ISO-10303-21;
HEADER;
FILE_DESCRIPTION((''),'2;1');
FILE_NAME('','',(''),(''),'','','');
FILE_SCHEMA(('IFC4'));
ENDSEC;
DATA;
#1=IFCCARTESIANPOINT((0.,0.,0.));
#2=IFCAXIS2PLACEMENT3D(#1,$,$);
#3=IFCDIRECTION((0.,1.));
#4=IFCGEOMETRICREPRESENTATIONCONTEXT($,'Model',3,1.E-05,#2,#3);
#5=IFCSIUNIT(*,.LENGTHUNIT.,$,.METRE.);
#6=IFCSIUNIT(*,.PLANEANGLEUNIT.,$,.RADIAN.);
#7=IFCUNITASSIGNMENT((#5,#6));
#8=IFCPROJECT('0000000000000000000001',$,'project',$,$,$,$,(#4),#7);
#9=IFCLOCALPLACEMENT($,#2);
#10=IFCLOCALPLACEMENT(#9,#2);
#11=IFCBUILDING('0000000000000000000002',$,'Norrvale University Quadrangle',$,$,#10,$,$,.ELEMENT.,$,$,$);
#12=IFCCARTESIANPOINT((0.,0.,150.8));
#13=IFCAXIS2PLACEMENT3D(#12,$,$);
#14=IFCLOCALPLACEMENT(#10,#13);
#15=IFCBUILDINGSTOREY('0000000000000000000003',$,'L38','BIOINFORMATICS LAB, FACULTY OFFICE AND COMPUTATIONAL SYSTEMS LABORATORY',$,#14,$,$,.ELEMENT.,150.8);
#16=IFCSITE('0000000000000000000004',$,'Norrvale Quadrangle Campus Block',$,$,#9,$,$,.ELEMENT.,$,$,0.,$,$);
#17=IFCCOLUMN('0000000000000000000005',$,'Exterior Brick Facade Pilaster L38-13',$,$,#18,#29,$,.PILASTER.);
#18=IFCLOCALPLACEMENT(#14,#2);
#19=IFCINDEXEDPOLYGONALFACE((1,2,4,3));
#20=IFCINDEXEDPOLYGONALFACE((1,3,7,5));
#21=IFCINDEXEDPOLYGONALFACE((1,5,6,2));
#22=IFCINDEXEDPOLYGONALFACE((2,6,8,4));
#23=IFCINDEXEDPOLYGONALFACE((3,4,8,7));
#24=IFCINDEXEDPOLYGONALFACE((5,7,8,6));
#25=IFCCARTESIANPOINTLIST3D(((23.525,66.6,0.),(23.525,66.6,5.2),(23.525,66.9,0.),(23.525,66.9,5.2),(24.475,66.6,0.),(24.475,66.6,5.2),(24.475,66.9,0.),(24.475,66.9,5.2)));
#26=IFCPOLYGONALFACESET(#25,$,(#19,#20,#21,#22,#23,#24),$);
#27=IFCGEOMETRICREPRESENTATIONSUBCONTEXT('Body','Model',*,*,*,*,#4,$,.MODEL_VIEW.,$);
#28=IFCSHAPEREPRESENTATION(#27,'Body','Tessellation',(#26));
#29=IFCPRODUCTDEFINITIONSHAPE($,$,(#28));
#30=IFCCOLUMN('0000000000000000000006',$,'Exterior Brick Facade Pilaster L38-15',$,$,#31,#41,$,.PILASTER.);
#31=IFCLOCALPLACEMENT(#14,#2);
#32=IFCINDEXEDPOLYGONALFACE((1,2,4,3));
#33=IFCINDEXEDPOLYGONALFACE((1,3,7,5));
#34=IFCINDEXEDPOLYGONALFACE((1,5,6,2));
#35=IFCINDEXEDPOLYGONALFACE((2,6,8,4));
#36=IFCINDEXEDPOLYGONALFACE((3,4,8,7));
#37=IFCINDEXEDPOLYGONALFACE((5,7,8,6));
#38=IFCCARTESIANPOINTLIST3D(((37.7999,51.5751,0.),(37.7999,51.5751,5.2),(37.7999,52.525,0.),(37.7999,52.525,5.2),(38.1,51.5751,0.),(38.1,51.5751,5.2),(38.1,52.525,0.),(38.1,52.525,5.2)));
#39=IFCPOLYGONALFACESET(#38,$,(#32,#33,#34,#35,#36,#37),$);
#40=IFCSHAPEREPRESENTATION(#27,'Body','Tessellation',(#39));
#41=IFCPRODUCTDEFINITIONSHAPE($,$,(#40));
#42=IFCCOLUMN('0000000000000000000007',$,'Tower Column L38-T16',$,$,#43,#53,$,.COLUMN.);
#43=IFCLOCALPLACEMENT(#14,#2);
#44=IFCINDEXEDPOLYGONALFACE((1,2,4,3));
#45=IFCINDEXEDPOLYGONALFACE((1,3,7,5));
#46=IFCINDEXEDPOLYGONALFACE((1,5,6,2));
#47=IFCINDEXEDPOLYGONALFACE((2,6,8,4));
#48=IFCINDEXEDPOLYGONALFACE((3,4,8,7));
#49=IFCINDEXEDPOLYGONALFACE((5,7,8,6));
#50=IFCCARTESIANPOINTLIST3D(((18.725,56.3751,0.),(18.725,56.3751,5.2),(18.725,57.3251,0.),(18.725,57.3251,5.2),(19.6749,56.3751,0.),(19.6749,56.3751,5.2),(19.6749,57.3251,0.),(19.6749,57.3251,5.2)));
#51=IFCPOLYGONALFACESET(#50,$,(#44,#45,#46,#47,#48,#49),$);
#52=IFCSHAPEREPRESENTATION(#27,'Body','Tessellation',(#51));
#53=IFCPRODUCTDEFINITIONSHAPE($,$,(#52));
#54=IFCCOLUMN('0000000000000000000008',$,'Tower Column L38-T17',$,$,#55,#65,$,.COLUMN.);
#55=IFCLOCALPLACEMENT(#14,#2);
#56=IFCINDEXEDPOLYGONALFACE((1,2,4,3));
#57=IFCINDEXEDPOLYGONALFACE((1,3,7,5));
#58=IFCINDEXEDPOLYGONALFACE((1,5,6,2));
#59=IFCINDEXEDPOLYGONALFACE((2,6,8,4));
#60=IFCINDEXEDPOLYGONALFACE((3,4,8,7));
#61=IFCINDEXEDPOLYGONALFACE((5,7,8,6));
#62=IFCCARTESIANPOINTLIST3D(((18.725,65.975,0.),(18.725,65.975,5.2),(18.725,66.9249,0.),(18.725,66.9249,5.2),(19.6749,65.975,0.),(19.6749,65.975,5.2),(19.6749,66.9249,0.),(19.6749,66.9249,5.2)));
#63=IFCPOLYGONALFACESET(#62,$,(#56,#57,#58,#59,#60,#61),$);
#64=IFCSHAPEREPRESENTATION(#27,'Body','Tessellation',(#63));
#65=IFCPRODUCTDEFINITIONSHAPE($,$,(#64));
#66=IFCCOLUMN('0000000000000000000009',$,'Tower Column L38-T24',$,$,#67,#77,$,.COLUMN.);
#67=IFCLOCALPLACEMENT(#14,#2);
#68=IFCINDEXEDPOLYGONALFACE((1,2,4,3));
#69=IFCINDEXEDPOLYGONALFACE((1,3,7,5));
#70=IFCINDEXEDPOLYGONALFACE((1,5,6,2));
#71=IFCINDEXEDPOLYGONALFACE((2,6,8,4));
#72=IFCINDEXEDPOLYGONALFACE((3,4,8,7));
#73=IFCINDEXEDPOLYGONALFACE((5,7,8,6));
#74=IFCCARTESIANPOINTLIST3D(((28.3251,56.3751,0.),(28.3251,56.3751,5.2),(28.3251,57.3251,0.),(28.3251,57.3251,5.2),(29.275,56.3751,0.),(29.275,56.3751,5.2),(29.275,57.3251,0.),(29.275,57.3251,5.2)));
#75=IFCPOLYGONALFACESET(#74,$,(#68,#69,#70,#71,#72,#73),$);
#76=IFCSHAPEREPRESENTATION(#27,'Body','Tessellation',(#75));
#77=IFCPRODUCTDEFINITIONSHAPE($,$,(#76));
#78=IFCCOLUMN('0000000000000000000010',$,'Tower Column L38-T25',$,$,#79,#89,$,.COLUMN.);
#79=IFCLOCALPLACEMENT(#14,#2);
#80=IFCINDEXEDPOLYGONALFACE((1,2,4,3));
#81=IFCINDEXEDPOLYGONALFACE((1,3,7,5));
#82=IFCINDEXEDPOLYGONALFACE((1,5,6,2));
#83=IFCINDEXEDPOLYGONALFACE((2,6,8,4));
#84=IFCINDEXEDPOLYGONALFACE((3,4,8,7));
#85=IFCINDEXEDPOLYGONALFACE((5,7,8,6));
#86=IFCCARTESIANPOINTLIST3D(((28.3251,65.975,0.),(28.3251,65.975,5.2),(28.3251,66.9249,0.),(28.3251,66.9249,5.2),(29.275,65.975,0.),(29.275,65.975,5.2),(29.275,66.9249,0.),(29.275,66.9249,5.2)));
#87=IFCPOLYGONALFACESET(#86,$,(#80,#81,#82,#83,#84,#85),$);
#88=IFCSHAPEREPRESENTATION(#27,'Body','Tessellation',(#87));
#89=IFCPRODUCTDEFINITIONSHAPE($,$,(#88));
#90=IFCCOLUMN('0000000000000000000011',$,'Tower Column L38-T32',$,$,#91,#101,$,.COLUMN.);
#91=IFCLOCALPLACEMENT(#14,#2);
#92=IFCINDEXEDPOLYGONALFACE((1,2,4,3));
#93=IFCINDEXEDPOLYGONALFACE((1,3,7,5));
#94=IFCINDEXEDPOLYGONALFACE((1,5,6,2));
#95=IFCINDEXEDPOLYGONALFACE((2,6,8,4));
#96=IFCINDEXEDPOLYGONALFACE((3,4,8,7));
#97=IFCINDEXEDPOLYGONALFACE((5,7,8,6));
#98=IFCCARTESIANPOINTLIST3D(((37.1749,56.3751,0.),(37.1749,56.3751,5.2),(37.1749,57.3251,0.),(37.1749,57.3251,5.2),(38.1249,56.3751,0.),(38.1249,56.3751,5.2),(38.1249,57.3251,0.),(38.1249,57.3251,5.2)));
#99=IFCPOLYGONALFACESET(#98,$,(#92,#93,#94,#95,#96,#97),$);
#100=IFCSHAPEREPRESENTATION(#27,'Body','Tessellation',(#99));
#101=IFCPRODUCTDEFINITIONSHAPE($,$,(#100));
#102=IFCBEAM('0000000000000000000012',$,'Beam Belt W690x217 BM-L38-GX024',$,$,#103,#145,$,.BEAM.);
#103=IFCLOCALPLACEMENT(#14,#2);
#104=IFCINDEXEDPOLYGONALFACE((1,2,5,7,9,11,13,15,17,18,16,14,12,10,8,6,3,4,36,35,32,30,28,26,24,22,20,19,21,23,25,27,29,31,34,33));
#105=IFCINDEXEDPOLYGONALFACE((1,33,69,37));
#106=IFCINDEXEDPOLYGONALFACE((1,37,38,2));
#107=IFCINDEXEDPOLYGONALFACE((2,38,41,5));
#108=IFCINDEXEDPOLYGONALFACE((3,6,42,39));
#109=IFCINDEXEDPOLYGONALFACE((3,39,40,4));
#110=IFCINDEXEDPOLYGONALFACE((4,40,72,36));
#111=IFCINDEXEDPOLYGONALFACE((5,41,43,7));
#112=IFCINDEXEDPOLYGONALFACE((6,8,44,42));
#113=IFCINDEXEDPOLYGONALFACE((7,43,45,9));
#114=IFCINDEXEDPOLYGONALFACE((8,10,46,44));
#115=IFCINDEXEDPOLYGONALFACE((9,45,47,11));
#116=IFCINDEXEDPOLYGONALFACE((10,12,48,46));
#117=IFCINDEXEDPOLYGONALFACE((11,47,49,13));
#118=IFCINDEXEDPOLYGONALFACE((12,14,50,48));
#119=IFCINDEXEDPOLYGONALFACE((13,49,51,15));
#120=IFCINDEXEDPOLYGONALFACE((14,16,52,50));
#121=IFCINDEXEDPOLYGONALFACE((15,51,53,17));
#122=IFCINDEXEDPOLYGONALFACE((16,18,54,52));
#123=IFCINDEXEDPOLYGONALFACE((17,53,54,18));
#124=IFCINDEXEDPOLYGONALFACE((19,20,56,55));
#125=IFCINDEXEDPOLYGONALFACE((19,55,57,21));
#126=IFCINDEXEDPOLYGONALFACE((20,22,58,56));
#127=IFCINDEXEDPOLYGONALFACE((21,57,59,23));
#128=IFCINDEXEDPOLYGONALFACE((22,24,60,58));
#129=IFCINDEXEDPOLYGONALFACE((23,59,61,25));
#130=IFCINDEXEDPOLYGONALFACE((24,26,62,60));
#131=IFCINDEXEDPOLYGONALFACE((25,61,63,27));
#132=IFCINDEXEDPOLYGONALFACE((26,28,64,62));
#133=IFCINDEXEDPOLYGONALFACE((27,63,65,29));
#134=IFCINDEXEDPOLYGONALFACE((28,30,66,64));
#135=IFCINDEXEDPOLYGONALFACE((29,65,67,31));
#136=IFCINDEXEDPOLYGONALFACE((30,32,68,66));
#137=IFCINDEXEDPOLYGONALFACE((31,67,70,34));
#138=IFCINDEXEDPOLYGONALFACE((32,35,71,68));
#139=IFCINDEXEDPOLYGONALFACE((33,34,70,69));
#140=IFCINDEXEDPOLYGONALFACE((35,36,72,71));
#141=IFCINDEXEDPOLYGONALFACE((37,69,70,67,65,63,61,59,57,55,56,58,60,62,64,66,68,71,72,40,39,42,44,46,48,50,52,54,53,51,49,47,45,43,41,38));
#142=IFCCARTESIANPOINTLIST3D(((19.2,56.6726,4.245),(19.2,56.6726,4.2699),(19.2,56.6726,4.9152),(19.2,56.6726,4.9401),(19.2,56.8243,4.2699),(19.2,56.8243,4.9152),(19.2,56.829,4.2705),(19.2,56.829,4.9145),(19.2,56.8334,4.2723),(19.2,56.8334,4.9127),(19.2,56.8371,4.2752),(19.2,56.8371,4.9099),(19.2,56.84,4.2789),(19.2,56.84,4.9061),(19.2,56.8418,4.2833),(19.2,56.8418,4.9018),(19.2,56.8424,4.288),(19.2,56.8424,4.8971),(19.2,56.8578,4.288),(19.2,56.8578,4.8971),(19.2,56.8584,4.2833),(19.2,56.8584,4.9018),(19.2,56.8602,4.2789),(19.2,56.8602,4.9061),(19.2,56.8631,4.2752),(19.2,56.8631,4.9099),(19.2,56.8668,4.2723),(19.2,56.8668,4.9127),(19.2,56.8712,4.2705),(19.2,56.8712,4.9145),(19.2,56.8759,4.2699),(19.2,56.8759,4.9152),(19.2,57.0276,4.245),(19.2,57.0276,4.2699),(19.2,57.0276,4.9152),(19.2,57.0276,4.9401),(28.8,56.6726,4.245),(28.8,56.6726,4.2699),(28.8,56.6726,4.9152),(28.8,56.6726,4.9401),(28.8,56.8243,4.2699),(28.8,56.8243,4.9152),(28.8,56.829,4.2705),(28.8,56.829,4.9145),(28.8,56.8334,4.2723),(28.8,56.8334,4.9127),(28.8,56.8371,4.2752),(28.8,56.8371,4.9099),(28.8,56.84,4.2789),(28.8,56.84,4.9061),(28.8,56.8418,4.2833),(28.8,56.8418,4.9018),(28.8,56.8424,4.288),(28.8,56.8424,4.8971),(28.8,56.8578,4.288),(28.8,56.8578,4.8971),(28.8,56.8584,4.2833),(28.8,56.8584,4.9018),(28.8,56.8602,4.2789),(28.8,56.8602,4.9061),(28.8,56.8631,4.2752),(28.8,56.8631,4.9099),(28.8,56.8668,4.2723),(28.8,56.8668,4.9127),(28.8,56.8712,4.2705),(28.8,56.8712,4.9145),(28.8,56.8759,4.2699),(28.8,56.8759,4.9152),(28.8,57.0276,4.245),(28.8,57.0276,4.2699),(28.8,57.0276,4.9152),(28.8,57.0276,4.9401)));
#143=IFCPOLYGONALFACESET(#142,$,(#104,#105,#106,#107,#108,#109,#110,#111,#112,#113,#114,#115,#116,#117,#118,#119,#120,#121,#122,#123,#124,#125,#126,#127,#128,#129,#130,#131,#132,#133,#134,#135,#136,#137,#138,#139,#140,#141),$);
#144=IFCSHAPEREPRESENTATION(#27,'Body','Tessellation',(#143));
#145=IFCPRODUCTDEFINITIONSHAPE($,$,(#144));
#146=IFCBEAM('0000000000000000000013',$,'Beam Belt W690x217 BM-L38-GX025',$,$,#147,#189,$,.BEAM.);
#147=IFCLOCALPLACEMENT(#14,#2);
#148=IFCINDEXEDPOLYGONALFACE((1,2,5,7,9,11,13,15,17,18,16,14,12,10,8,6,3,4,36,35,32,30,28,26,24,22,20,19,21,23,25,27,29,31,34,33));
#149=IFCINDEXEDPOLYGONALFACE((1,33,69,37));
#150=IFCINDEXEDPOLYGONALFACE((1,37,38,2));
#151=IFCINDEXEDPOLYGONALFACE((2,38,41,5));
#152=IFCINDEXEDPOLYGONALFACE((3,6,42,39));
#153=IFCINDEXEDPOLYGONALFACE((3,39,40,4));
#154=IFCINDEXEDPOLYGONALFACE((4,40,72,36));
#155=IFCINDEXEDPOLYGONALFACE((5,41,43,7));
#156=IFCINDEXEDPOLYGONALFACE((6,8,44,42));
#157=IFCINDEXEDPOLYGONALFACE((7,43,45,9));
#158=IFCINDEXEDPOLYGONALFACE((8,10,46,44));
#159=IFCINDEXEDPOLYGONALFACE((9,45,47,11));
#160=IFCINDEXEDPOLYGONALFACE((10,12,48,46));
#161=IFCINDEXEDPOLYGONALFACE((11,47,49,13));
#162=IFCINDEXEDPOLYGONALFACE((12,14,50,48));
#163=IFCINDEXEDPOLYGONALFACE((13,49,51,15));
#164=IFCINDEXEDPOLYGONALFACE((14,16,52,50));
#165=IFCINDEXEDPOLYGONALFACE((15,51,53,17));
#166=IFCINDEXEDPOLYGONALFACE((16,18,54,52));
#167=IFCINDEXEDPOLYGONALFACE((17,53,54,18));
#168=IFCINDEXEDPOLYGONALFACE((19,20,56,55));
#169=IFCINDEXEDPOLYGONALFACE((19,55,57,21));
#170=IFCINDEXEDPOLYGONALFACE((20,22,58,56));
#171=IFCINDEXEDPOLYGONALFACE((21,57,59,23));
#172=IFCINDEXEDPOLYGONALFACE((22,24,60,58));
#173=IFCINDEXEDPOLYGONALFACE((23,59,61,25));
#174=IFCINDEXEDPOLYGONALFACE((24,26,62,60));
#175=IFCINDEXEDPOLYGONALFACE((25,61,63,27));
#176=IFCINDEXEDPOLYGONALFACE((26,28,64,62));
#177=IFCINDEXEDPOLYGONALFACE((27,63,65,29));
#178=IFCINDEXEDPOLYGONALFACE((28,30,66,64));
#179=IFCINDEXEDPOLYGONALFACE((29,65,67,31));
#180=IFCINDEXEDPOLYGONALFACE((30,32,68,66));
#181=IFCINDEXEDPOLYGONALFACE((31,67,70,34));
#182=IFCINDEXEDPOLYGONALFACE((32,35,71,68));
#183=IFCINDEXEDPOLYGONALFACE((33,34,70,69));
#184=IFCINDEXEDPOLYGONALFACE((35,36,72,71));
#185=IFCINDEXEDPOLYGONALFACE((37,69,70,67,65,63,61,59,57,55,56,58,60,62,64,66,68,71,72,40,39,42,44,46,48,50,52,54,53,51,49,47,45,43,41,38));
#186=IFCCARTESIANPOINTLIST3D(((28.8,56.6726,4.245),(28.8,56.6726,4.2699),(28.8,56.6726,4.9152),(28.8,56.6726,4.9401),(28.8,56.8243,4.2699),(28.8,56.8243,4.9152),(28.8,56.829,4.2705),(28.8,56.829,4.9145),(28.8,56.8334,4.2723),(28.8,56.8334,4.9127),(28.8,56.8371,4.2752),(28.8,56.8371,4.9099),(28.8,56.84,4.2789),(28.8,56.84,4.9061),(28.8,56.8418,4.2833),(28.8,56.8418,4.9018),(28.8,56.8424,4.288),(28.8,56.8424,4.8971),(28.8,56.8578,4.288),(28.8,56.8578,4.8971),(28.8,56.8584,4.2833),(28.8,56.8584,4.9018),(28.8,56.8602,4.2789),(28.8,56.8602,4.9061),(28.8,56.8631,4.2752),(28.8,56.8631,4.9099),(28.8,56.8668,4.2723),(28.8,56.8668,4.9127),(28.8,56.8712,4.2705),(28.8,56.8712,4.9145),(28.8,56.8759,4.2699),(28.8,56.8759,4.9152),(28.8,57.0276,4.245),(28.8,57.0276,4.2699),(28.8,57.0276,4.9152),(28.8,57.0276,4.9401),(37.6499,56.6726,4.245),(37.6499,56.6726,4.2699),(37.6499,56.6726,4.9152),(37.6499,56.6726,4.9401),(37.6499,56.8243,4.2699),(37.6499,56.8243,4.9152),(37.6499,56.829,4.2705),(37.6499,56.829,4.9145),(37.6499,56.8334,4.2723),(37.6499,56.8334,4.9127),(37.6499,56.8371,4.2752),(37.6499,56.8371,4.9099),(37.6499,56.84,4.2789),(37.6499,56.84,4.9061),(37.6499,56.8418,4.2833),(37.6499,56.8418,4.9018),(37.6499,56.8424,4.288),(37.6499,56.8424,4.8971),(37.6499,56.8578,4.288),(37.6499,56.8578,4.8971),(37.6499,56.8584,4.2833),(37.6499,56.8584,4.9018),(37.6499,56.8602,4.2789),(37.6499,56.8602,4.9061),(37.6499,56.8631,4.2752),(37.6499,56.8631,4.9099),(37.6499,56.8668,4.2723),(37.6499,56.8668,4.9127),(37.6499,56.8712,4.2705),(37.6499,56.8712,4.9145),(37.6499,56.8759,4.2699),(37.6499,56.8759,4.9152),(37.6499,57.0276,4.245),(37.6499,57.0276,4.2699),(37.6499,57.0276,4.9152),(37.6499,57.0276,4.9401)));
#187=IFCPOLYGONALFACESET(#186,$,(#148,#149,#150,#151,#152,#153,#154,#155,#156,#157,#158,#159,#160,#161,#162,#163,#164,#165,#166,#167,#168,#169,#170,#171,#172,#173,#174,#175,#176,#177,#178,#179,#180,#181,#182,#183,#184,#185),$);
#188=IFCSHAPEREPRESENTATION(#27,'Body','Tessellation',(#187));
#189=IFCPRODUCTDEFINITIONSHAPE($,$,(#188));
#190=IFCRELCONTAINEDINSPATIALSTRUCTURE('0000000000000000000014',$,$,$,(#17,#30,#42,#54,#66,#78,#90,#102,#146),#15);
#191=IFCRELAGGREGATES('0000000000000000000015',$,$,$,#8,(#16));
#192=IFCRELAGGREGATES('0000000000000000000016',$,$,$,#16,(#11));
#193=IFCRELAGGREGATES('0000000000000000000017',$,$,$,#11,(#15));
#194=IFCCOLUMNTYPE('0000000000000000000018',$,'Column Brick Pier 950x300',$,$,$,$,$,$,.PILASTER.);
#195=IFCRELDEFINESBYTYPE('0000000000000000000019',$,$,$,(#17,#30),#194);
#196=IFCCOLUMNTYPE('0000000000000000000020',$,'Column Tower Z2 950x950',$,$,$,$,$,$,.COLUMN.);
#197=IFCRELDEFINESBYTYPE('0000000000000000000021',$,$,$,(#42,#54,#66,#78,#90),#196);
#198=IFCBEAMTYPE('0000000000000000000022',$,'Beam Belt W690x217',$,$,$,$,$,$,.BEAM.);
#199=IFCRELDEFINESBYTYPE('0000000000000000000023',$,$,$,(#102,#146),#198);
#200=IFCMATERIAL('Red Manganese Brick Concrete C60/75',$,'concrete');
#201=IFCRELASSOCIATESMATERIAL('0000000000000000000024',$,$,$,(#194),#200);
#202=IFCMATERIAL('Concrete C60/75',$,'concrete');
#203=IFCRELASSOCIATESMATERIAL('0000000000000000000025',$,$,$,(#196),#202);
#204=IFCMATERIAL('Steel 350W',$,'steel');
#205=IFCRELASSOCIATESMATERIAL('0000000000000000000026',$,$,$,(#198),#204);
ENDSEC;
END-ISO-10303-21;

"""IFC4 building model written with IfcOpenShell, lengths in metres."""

from ifc_helpers import new_model, si_unit, direction, frame, origin, origin_2d, place, context, subcontext, project, spatial, rectangle, i_section, extrude, material, material_profile, profile_set, type_object, element, save


model = new_model("IFC4")

# Units and contexts
model_context = context("Model", 3, precision=1e-05, world=origin(), true_north=direction((0.0, 1.0)))
body_context = subcontext(model_context, "Body", "Model", "MODEL_VIEW")
ifc_project = project(units=[si_unit("LENGTHUNIT", "METRE"), si_unit("PLANEANGLEUNIT", "RADIAN")], contexts=[model_context])

# Site, building, storey
site_placement = place(None, origin())
site = spatial("IfcSite", under=ifc_project, at=site_placement, Name="Norrvale Quadrangle Campus Block", CompositionType="ELEMENT", RefElevation=0.0)
building_placement = place(site_placement, origin())
building = spatial("IfcBuilding", under=site, at=building_placement, Name="Norrvale University Quadrangle", CompositionType="ELEMENT")
storey_placement = place(building_placement, frame((0.0, 0.0, 150.8)))
storey = spatial("IfcBuildingStorey", under=building, at=storey_placement, Name="L38", Description="BIOINFORMATICS LAB, FACULTY OFFICE AND COMPUTATIONAL SYSTEMS LABORATORY", CompositionType="ELEMENT", Elevation=150.8)

# Columns
ifc_material_1 = material(Name="Red Manganese Brick Concrete C60/75", Category="concrete")
ifc_material_profile_1 = material_profile(ifc_material_1, rectangle(XDim=0.95, YDim=0.3, at=origin_2d()), Name="Red Manganese Brick Concrete C60/75")
ifc_profile_set_1 = profile_set([ifc_material_profile_1], Name="Red Manganese Brick Concrete C60/75")
column_type_1 = type_object("IfcColumnType", Name="Column Brick Pier 950x300", PredefinedType="PILASTER", material=ifc_profile_set_1)
for number, where, z_axis, x_axis, name in (
    (1, (24.0, 66.75, 0.0), (0.0, 0.0, 1.0), (1.0, 0.0, 0.0), "Exterior Brick Facade Pilaster L38-13"),
    (2, (37.95, 52.05, 0.0), (0.0, 0.0, 1.0), (0.0, 1.0, 0.0), "Exterior Brick Facade Pilaster L38-15"),
):
    element("IfcColumn", number, at=place(storey_placement, frame(where, z_axis=z_axis, x_axis=x_axis)), inside=storey, type_object=column_type_1, Name=name, PredefinedType="PILASTER", context=body_context, shape_type="SweptSolid", body=[
        extrude(rectangle(XDim=0.95, YDim=0.3, at=origin_2d()), origin(), (0.0, 0.0, 1.0), 5.2),
    ])
ifc_material_2 = material(Name="Concrete C60/75", Category="concrete")
ifc_material_profile_2 = material_profile(ifc_material_2, rectangle(XDim=0.95, YDim=0.95, at=origin_2d()), Name="Concrete C60/75")
ifc_profile_set_2 = profile_set([ifc_material_profile_2], Name="Concrete C60/75")
column_type_2 = type_object("IfcColumnType", Name="Column Tower Z2 950x950", PredefinedType="COLUMN", material=ifc_profile_set_2)
for number, where, z_axis, x_axis, name in (
    (3, (19.2, 56.8501, 0.0), (0.0, 0.0, 1.0), (1.0, 0.0, 0.0), "Tower Column L38-T16"),
    (4, (19.2, 66.45, 0.0), (0.0, 0.0, 1.0), (1.0, 0.0, 0.0), "Tower Column L38-T17"),
    (5, (28.8, 56.8501, 0.0), (0.0, 0.0, 1.0), (1.0, 0.0, 0.0), "Tower Column L38-T24"),
    (6, (28.8, 66.45, 0.0), (0.0, 0.0, 1.0), (1.0, 0.0, 0.0), "Tower Column L38-T25"),
    (7, (37.6499, 56.8501, 0.0), (0.0, 0.0, 1.0), (1.0, 0.0, 0.0), "Tower Column L38-T32"),
):
    element("IfcColumn", number, at=place(storey_placement, frame(where, z_axis=z_axis, x_axis=x_axis)), inside=storey, type_object=column_type_2, Name=name, PredefinedType="COLUMN", context=body_context, shape_type="SweptSolid", body=[
        extrude(rectangle(XDim=0.95, YDim=0.95, at=origin_2d()), origin(), (0.0, 0.0, 1.0), 5.2),
    ])

# Beams
ifc_material_3 = material(Name="Steel 350W", Category="steel")
ifc_material_profile_3 = material_profile(ifc_material_3, i_section(OverallWidth=0.355, OverallDepth=0.6951, WebThickness=0.0154, FlangeThickness=0.0249, FilletRadius=0.0181, at=origin_2d()), Name="Steel 350W")
ifc_profile_set_3 = profile_set([ifc_material_profile_3], Name="Steel 350W")
beam_type_1 = type_object("IfcBeamType", Name="Beam Belt W690x217", PredefinedType="BEAM", material=ifc_profile_set_3)
beam_1_placement = place(storey_placement, frame((19.2, 56.8501, 4.5925), z_axis=(1.0, 0.0, 0.0), x_axis=(0.0, 1.0, 0.0)))
element("IfcBeam", 8, at=beam_1_placement, inside=storey, type_object=beam_type_1, Name="Beam Belt W690x217 BM-L38-GX024", PredefinedType="BEAM", context=body_context, shape_type="SweptSolid", body=[
    extrude(i_section(OverallWidth=0.355, OverallDepth=0.6951, WebThickness=0.0154, FlangeThickness=0.0249, FilletRadius=0.0181, at=origin_2d()), origin(), (0.0, 0.0, 1.0), 9.6001),
])
beam_2_placement = place(storey_placement, frame((28.8, 56.8501, 4.5925), z_axis=(1.0, 0.0, 0.0), x_axis=(0.0, 1.0, 0.0)))
element("IfcBeam", 9, at=beam_2_placement, inside=storey, type_object=beam_type_1, Name="Beam Belt W690x217 BM-L38-GX025", PredefinedType="BEAM", context=body_context, shape_type="SweptSolid", body=[
    extrude(i_section(OverallWidth=0.355, OverallDepth=0.6951, WebThickness=0.0154, FlangeThickness=0.0249, FilletRadius=0.0181, at=origin_2d()), origin(), (0.0, 0.0, 1.0), 8.8499),
])

save(model, "model.ifc")
